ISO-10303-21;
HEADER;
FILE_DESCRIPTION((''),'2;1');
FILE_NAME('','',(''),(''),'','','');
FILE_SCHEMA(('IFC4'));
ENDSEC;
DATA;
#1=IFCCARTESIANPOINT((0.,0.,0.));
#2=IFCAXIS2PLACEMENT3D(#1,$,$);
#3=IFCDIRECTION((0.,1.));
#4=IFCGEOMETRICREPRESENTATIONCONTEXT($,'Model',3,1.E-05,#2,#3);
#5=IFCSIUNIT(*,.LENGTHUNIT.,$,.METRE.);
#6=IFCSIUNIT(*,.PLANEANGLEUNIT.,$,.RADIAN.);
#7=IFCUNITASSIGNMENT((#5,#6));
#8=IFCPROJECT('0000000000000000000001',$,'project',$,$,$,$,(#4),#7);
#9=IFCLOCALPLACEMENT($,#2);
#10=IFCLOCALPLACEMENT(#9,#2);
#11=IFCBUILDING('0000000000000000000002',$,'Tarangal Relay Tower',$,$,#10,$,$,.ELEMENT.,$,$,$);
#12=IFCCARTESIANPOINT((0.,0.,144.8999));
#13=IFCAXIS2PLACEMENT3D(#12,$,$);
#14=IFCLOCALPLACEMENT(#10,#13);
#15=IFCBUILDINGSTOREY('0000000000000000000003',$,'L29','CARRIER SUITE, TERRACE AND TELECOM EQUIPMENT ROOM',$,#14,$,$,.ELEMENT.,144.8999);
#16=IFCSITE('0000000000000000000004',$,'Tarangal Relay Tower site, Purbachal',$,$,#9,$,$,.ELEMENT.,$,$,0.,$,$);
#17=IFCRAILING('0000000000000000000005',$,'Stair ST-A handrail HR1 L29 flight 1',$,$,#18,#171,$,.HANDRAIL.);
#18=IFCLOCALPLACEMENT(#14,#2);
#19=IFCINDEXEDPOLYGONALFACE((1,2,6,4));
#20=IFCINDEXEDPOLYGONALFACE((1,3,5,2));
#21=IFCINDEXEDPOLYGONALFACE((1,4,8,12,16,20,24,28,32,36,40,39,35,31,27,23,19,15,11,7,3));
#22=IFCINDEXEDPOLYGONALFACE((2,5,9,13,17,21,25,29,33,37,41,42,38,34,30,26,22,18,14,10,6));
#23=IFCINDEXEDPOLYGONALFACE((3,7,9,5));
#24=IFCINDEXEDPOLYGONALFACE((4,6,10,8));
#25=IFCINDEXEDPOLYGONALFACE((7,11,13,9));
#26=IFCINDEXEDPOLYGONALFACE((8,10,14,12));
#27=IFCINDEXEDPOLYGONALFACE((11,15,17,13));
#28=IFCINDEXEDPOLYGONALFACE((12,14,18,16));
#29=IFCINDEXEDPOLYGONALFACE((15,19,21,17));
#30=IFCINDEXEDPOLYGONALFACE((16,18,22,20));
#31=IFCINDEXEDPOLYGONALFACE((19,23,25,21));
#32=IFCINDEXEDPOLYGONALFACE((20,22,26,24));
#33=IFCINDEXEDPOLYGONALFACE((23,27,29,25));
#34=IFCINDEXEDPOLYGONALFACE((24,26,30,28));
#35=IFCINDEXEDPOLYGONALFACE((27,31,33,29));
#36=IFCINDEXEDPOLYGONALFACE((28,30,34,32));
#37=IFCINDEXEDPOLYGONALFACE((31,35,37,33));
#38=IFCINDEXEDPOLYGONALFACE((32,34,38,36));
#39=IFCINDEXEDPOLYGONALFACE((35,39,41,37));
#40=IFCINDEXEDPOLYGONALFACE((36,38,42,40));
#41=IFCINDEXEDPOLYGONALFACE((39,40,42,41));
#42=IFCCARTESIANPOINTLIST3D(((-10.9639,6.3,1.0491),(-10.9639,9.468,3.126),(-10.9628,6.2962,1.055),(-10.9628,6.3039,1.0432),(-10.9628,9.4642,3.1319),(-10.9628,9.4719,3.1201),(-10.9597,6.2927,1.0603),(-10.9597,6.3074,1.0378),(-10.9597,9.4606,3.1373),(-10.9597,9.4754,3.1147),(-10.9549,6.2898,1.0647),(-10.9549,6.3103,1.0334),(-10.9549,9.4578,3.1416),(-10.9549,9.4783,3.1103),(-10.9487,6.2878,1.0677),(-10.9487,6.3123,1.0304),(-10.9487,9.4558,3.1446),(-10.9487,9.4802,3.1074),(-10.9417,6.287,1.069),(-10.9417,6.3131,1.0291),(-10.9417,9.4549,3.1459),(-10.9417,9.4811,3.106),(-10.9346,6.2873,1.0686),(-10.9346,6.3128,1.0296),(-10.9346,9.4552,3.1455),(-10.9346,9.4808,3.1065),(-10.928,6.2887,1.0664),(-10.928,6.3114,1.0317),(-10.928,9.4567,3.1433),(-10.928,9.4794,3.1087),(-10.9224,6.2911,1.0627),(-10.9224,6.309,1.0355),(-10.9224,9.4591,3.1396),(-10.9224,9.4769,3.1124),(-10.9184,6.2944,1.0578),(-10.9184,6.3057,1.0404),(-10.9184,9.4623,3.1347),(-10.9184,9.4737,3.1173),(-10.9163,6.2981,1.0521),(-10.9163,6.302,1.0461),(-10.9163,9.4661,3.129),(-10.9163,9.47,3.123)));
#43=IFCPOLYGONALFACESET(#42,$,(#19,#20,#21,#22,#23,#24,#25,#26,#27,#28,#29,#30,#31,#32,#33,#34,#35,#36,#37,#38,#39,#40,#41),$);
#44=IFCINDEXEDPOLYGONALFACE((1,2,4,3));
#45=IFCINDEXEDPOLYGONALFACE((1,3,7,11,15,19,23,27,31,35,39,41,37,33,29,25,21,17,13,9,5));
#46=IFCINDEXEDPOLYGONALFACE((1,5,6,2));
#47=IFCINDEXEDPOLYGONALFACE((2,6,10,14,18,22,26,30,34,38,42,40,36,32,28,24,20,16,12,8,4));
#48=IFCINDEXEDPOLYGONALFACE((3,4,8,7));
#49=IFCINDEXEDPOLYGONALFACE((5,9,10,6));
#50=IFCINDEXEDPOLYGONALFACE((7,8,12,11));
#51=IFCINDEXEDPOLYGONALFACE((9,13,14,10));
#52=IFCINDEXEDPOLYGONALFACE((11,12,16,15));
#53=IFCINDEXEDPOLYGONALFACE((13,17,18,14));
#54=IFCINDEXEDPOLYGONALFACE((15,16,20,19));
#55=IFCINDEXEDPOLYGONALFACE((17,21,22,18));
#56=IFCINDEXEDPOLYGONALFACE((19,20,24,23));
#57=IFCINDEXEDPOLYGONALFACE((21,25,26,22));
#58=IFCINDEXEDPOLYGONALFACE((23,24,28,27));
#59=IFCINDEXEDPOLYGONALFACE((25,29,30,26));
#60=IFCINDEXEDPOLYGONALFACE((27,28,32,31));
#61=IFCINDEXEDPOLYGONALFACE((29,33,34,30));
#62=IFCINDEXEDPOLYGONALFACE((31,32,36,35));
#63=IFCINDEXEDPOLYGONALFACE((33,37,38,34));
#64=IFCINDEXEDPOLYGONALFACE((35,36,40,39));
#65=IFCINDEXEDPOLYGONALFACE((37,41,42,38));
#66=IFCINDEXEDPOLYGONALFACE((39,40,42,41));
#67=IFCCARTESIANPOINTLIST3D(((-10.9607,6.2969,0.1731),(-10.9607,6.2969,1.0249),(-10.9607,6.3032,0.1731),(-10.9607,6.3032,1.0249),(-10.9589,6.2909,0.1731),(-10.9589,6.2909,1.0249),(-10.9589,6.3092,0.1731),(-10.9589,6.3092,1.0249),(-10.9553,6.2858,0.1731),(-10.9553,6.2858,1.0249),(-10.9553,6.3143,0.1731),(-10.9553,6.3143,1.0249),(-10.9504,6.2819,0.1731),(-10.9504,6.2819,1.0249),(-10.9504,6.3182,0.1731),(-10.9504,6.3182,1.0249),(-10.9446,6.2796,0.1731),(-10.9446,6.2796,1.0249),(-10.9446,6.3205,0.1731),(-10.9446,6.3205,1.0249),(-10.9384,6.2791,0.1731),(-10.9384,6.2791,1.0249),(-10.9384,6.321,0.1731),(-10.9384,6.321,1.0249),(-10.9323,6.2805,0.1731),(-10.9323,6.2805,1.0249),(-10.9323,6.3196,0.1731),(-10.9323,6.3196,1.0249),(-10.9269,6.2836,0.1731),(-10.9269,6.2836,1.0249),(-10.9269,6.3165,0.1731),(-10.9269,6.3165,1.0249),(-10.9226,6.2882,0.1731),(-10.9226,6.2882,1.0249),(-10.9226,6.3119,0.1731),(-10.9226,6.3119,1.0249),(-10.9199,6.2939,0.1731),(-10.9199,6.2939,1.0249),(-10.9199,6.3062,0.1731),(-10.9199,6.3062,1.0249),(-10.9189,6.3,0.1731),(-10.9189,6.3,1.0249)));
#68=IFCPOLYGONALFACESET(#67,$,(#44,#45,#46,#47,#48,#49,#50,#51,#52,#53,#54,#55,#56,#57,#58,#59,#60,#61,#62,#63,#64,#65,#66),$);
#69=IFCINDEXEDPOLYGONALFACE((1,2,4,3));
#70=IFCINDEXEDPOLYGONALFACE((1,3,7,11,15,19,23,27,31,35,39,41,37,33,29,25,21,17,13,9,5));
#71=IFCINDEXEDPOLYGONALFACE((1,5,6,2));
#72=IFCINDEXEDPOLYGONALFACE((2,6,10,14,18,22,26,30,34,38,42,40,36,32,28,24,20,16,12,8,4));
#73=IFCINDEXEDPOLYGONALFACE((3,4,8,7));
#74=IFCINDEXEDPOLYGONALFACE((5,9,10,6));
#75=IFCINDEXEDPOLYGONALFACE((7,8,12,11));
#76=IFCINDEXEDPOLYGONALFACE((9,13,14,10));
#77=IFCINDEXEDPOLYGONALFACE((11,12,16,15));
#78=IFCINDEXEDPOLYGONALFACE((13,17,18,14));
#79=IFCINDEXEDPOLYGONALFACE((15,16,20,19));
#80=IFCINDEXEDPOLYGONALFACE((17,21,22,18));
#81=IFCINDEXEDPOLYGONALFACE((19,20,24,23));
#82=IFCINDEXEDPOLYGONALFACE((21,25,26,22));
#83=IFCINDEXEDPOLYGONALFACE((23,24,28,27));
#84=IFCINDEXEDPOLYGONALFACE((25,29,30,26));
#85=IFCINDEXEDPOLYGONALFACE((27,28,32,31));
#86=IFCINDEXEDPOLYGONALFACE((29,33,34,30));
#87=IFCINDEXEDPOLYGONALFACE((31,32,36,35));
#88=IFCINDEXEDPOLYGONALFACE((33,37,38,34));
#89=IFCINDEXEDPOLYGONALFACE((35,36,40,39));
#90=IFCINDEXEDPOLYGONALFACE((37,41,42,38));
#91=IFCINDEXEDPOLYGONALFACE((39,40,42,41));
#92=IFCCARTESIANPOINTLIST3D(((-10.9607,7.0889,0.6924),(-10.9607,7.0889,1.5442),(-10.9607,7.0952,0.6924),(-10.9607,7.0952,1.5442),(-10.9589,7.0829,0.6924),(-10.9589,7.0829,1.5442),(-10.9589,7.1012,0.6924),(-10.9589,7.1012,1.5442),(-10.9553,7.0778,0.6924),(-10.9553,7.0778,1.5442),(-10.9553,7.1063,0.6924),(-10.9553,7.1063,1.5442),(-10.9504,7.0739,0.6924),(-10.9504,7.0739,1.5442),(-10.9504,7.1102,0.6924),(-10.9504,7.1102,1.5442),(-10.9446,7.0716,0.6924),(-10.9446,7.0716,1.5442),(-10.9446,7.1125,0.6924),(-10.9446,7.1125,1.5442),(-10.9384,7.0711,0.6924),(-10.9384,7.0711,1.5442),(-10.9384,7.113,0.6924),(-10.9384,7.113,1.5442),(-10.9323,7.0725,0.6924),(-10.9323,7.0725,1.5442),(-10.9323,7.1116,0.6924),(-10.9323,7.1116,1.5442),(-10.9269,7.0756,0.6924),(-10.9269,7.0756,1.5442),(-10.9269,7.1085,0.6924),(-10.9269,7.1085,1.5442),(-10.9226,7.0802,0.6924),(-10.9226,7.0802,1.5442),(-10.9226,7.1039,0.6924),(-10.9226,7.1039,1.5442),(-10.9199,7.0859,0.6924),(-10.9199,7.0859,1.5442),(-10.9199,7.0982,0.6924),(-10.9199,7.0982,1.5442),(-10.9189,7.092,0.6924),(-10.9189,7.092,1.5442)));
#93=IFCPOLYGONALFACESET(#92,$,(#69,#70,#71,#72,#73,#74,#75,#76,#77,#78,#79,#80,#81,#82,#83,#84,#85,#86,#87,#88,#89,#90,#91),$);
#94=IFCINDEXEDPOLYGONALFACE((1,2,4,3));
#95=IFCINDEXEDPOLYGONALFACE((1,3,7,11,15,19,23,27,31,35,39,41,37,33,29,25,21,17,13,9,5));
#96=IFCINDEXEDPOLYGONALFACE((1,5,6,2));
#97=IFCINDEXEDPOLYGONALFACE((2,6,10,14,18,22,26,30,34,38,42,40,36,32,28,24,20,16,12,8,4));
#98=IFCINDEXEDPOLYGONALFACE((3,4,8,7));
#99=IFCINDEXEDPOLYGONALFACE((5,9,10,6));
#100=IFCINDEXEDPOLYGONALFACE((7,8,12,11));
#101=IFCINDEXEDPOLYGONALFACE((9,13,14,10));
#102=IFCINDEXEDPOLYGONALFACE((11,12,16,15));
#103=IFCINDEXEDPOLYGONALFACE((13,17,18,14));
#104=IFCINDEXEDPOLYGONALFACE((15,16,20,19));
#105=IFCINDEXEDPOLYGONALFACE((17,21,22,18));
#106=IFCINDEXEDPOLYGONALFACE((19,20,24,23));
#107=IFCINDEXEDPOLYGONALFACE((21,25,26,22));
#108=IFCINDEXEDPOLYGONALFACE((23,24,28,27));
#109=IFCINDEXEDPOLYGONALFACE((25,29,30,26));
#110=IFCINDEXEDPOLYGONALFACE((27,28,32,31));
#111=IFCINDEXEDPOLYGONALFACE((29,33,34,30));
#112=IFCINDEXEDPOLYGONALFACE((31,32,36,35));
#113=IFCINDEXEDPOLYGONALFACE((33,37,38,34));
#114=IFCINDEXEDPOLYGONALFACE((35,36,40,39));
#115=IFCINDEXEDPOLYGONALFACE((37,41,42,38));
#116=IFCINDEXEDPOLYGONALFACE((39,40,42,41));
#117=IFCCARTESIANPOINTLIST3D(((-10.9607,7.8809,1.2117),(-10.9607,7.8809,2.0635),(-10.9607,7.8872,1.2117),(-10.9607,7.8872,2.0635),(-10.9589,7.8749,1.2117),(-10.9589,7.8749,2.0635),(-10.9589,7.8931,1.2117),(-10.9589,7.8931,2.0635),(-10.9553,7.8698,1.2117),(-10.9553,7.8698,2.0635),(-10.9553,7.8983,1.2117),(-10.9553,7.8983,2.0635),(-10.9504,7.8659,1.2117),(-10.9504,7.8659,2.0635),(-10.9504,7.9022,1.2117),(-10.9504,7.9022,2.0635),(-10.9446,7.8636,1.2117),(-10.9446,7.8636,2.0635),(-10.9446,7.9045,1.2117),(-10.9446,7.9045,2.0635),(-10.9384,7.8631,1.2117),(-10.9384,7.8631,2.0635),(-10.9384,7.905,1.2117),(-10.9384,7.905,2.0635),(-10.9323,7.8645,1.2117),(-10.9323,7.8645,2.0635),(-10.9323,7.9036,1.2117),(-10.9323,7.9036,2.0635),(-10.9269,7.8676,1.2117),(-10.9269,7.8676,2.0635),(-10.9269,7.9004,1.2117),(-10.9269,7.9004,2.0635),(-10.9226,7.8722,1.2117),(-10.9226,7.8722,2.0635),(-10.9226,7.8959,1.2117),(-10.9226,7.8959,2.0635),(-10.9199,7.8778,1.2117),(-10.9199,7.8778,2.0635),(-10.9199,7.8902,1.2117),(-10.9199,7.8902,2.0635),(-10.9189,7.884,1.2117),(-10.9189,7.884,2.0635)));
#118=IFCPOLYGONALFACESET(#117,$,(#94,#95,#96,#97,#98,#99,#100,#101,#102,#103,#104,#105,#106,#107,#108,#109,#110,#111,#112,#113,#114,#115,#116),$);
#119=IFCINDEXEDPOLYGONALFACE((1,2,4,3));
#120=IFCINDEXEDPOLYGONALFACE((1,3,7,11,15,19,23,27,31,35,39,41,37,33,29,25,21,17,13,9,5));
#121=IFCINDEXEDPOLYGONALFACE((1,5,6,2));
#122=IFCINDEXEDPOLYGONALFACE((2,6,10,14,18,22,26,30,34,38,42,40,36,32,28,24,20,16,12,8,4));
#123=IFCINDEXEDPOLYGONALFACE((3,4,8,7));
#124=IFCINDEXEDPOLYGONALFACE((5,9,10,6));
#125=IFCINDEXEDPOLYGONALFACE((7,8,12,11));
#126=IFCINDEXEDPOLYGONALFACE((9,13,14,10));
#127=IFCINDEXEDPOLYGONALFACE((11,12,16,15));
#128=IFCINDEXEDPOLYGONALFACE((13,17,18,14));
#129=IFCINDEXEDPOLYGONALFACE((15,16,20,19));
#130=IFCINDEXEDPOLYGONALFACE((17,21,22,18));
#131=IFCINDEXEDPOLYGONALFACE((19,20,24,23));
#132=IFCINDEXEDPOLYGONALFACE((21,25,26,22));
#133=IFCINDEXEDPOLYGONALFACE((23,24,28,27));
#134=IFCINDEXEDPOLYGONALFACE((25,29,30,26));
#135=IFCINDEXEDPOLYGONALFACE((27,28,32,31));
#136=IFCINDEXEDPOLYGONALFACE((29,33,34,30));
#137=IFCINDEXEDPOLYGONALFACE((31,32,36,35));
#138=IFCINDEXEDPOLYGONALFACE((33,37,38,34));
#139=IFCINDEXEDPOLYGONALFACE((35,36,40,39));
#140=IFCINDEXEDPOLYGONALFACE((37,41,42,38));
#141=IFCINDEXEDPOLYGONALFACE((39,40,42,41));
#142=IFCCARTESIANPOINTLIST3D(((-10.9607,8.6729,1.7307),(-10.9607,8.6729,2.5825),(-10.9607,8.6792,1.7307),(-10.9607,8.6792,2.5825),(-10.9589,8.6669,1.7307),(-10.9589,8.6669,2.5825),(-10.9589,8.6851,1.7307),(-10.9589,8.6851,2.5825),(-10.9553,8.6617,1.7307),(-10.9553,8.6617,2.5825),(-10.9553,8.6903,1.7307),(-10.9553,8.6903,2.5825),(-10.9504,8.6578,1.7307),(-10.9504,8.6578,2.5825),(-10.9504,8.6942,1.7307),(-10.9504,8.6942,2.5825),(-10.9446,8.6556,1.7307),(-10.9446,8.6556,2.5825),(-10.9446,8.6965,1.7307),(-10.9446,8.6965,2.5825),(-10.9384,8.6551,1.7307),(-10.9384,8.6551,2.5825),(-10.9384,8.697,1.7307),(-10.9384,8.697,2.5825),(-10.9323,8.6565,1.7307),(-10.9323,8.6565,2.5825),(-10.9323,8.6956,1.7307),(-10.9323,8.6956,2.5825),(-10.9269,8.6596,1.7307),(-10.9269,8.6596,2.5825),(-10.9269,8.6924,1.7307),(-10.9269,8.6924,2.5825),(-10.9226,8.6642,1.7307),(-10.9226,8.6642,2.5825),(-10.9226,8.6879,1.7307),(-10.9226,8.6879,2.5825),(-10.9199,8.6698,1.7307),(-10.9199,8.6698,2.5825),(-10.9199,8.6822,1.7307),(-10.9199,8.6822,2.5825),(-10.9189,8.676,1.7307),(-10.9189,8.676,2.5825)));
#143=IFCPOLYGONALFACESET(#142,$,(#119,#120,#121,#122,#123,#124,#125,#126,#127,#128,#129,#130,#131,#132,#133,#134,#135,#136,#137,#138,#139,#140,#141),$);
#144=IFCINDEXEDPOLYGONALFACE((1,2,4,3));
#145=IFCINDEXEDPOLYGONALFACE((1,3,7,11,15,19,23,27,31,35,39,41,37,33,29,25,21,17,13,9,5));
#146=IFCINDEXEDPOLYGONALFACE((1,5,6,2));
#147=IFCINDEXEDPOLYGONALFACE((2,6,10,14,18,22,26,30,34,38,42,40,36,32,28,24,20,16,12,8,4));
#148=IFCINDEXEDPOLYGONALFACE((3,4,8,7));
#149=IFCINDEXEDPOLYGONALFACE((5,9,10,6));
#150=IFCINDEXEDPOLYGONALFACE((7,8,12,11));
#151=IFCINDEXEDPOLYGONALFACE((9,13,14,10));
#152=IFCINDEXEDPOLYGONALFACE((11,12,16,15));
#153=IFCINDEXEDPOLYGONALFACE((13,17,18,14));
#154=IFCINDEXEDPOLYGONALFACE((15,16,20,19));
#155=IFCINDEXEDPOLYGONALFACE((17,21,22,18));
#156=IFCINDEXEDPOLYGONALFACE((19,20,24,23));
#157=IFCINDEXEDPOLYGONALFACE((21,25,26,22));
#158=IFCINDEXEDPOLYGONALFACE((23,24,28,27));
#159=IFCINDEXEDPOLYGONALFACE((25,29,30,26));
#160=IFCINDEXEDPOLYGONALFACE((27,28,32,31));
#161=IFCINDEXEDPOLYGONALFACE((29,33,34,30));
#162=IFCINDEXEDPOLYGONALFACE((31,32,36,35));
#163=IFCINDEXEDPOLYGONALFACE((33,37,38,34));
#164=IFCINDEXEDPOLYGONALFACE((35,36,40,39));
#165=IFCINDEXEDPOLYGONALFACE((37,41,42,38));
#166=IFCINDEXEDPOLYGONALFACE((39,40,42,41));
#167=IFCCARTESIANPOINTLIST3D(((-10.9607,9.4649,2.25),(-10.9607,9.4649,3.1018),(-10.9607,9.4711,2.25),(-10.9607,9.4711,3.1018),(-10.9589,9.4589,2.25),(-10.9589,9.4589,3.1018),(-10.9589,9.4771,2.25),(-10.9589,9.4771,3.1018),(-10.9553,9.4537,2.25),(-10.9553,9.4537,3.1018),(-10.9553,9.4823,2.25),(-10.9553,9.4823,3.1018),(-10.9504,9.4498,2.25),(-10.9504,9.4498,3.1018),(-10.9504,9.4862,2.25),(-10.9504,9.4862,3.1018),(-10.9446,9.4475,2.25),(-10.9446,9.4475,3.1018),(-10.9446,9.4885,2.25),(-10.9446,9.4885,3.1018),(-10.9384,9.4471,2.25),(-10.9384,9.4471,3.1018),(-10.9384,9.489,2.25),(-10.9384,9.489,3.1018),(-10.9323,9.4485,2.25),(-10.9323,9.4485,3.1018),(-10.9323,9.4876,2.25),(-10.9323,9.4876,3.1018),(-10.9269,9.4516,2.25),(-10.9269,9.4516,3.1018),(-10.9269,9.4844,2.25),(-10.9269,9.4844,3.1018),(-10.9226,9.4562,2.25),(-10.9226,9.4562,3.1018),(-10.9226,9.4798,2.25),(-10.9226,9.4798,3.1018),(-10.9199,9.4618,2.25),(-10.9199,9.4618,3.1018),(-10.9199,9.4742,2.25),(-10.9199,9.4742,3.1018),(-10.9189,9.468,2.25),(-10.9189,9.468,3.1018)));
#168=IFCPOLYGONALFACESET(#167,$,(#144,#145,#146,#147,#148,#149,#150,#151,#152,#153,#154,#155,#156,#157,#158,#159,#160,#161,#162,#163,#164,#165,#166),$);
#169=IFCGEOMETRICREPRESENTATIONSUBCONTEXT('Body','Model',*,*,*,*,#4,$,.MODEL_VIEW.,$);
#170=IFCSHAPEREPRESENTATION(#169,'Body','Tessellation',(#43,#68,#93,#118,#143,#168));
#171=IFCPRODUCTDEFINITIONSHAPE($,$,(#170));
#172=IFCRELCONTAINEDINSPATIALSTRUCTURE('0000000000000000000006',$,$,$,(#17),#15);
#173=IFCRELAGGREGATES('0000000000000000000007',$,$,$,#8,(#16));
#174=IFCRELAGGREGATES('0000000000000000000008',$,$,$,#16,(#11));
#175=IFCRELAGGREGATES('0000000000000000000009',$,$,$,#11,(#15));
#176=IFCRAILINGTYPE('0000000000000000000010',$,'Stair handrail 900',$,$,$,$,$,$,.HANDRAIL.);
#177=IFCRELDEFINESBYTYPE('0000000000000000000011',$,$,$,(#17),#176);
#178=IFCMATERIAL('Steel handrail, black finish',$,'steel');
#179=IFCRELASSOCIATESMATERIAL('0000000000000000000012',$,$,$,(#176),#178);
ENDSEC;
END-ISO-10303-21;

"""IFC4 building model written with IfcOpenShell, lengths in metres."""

from ifc_helpers import new_model, si_unit, direction, frame, origin, origin_2d, place, context, subcontext, project, spatial, circle, extrude, material, type_object, element, save


model = new_model("IFC4")

# Units and contexts
model_context = context("Model", 3, precision=1e-05, world=origin(), true_north=direction((0.0, 1.0)))
body_context = subcontext(model_context, "Body", "Model", "MODEL_VIEW")
ifc_project = project(units=[si_unit("LENGTHUNIT", "METRE"), si_unit("PLANEANGLEUNIT", "RADIAN")], contexts=[model_context])

# Site, building, storey
site_placement = place(None, origin())
site = spatial("IfcSite", under=ifc_project, at=site_placement, Name="Tarangal Relay Tower site, Purbachal", CompositionType="ELEMENT", RefElevation=0.0)
building_placement = place(site_placement, origin())
building = spatial("IfcBuilding", under=site, at=building_placement, Name="Tarangal Relay Tower", CompositionType="ELEMENT")
storey_placement = place(building_placement, frame((0.0, 0.0, 144.8999)))
storey = spatial("IfcBuildingStorey", under=building, at=storey_placement, Name="L29", Description="CARRIER SUITE, TERRACE AND TELECOM EQUIPMENT ROOM", CompositionType="ELEMENT", Elevation=144.8999)

# Railing
ifc_material_1 = material(Name="Steel handrail, black finish", Category="steel")
railing_type = type_object("IfcRailingType", Name="Stair handrail 900", PredefinedType="HANDRAIL", material=ifc_material_1)
railing_placement = place(storey_placement, frame((-10.9399, 6.3, 0.1731)))
element("IfcRailing", 1, at=railing_placement, inside=storey, type_object=railing_type, Name="Stair ST-A handrail HR1 L29 flight 1", PredefinedType="HANDRAIL", context=body_context, shape_type="SweptSolid", body=[
    extrude(circle(Radius=0.0239, at=origin_2d()), frame((0.0, 0.0, 0.876), z_axis=(0.0, 0.836299, 0.548273), x_axis=(-1.0, 0.0, 0.0)), (0.0, 0.0, 1.0), 3.7881),
    extrude(circle(Radius=0.021, at=origin_2d()), origin(), (0.0, 0.0, 1.0), 0.8518),
    extrude(circle(Radius=0.021, at=origin_2d()), frame((0.0, 0.792, 0.5193)), (0.0, 0.0, 1.0), 0.8518),
    extrude(circle(Radius=0.021, at=origin_2d()), frame((0.0, 1.584, 1.0386)), (0.0, 0.0, 1.0), 0.8518),
    extrude(circle(Radius=0.021, at=origin_2d()), frame((0.0, 2.376, 1.5576)), (0.0, 0.0, 1.0), 0.8518),
    extrude(circle(Radius=0.021, at=origin_2d()), frame((0.0, 3.168, 2.0769)), (0.0, 0.0, 1.0), 0.8518),
])

save(model, "model.ifc")
